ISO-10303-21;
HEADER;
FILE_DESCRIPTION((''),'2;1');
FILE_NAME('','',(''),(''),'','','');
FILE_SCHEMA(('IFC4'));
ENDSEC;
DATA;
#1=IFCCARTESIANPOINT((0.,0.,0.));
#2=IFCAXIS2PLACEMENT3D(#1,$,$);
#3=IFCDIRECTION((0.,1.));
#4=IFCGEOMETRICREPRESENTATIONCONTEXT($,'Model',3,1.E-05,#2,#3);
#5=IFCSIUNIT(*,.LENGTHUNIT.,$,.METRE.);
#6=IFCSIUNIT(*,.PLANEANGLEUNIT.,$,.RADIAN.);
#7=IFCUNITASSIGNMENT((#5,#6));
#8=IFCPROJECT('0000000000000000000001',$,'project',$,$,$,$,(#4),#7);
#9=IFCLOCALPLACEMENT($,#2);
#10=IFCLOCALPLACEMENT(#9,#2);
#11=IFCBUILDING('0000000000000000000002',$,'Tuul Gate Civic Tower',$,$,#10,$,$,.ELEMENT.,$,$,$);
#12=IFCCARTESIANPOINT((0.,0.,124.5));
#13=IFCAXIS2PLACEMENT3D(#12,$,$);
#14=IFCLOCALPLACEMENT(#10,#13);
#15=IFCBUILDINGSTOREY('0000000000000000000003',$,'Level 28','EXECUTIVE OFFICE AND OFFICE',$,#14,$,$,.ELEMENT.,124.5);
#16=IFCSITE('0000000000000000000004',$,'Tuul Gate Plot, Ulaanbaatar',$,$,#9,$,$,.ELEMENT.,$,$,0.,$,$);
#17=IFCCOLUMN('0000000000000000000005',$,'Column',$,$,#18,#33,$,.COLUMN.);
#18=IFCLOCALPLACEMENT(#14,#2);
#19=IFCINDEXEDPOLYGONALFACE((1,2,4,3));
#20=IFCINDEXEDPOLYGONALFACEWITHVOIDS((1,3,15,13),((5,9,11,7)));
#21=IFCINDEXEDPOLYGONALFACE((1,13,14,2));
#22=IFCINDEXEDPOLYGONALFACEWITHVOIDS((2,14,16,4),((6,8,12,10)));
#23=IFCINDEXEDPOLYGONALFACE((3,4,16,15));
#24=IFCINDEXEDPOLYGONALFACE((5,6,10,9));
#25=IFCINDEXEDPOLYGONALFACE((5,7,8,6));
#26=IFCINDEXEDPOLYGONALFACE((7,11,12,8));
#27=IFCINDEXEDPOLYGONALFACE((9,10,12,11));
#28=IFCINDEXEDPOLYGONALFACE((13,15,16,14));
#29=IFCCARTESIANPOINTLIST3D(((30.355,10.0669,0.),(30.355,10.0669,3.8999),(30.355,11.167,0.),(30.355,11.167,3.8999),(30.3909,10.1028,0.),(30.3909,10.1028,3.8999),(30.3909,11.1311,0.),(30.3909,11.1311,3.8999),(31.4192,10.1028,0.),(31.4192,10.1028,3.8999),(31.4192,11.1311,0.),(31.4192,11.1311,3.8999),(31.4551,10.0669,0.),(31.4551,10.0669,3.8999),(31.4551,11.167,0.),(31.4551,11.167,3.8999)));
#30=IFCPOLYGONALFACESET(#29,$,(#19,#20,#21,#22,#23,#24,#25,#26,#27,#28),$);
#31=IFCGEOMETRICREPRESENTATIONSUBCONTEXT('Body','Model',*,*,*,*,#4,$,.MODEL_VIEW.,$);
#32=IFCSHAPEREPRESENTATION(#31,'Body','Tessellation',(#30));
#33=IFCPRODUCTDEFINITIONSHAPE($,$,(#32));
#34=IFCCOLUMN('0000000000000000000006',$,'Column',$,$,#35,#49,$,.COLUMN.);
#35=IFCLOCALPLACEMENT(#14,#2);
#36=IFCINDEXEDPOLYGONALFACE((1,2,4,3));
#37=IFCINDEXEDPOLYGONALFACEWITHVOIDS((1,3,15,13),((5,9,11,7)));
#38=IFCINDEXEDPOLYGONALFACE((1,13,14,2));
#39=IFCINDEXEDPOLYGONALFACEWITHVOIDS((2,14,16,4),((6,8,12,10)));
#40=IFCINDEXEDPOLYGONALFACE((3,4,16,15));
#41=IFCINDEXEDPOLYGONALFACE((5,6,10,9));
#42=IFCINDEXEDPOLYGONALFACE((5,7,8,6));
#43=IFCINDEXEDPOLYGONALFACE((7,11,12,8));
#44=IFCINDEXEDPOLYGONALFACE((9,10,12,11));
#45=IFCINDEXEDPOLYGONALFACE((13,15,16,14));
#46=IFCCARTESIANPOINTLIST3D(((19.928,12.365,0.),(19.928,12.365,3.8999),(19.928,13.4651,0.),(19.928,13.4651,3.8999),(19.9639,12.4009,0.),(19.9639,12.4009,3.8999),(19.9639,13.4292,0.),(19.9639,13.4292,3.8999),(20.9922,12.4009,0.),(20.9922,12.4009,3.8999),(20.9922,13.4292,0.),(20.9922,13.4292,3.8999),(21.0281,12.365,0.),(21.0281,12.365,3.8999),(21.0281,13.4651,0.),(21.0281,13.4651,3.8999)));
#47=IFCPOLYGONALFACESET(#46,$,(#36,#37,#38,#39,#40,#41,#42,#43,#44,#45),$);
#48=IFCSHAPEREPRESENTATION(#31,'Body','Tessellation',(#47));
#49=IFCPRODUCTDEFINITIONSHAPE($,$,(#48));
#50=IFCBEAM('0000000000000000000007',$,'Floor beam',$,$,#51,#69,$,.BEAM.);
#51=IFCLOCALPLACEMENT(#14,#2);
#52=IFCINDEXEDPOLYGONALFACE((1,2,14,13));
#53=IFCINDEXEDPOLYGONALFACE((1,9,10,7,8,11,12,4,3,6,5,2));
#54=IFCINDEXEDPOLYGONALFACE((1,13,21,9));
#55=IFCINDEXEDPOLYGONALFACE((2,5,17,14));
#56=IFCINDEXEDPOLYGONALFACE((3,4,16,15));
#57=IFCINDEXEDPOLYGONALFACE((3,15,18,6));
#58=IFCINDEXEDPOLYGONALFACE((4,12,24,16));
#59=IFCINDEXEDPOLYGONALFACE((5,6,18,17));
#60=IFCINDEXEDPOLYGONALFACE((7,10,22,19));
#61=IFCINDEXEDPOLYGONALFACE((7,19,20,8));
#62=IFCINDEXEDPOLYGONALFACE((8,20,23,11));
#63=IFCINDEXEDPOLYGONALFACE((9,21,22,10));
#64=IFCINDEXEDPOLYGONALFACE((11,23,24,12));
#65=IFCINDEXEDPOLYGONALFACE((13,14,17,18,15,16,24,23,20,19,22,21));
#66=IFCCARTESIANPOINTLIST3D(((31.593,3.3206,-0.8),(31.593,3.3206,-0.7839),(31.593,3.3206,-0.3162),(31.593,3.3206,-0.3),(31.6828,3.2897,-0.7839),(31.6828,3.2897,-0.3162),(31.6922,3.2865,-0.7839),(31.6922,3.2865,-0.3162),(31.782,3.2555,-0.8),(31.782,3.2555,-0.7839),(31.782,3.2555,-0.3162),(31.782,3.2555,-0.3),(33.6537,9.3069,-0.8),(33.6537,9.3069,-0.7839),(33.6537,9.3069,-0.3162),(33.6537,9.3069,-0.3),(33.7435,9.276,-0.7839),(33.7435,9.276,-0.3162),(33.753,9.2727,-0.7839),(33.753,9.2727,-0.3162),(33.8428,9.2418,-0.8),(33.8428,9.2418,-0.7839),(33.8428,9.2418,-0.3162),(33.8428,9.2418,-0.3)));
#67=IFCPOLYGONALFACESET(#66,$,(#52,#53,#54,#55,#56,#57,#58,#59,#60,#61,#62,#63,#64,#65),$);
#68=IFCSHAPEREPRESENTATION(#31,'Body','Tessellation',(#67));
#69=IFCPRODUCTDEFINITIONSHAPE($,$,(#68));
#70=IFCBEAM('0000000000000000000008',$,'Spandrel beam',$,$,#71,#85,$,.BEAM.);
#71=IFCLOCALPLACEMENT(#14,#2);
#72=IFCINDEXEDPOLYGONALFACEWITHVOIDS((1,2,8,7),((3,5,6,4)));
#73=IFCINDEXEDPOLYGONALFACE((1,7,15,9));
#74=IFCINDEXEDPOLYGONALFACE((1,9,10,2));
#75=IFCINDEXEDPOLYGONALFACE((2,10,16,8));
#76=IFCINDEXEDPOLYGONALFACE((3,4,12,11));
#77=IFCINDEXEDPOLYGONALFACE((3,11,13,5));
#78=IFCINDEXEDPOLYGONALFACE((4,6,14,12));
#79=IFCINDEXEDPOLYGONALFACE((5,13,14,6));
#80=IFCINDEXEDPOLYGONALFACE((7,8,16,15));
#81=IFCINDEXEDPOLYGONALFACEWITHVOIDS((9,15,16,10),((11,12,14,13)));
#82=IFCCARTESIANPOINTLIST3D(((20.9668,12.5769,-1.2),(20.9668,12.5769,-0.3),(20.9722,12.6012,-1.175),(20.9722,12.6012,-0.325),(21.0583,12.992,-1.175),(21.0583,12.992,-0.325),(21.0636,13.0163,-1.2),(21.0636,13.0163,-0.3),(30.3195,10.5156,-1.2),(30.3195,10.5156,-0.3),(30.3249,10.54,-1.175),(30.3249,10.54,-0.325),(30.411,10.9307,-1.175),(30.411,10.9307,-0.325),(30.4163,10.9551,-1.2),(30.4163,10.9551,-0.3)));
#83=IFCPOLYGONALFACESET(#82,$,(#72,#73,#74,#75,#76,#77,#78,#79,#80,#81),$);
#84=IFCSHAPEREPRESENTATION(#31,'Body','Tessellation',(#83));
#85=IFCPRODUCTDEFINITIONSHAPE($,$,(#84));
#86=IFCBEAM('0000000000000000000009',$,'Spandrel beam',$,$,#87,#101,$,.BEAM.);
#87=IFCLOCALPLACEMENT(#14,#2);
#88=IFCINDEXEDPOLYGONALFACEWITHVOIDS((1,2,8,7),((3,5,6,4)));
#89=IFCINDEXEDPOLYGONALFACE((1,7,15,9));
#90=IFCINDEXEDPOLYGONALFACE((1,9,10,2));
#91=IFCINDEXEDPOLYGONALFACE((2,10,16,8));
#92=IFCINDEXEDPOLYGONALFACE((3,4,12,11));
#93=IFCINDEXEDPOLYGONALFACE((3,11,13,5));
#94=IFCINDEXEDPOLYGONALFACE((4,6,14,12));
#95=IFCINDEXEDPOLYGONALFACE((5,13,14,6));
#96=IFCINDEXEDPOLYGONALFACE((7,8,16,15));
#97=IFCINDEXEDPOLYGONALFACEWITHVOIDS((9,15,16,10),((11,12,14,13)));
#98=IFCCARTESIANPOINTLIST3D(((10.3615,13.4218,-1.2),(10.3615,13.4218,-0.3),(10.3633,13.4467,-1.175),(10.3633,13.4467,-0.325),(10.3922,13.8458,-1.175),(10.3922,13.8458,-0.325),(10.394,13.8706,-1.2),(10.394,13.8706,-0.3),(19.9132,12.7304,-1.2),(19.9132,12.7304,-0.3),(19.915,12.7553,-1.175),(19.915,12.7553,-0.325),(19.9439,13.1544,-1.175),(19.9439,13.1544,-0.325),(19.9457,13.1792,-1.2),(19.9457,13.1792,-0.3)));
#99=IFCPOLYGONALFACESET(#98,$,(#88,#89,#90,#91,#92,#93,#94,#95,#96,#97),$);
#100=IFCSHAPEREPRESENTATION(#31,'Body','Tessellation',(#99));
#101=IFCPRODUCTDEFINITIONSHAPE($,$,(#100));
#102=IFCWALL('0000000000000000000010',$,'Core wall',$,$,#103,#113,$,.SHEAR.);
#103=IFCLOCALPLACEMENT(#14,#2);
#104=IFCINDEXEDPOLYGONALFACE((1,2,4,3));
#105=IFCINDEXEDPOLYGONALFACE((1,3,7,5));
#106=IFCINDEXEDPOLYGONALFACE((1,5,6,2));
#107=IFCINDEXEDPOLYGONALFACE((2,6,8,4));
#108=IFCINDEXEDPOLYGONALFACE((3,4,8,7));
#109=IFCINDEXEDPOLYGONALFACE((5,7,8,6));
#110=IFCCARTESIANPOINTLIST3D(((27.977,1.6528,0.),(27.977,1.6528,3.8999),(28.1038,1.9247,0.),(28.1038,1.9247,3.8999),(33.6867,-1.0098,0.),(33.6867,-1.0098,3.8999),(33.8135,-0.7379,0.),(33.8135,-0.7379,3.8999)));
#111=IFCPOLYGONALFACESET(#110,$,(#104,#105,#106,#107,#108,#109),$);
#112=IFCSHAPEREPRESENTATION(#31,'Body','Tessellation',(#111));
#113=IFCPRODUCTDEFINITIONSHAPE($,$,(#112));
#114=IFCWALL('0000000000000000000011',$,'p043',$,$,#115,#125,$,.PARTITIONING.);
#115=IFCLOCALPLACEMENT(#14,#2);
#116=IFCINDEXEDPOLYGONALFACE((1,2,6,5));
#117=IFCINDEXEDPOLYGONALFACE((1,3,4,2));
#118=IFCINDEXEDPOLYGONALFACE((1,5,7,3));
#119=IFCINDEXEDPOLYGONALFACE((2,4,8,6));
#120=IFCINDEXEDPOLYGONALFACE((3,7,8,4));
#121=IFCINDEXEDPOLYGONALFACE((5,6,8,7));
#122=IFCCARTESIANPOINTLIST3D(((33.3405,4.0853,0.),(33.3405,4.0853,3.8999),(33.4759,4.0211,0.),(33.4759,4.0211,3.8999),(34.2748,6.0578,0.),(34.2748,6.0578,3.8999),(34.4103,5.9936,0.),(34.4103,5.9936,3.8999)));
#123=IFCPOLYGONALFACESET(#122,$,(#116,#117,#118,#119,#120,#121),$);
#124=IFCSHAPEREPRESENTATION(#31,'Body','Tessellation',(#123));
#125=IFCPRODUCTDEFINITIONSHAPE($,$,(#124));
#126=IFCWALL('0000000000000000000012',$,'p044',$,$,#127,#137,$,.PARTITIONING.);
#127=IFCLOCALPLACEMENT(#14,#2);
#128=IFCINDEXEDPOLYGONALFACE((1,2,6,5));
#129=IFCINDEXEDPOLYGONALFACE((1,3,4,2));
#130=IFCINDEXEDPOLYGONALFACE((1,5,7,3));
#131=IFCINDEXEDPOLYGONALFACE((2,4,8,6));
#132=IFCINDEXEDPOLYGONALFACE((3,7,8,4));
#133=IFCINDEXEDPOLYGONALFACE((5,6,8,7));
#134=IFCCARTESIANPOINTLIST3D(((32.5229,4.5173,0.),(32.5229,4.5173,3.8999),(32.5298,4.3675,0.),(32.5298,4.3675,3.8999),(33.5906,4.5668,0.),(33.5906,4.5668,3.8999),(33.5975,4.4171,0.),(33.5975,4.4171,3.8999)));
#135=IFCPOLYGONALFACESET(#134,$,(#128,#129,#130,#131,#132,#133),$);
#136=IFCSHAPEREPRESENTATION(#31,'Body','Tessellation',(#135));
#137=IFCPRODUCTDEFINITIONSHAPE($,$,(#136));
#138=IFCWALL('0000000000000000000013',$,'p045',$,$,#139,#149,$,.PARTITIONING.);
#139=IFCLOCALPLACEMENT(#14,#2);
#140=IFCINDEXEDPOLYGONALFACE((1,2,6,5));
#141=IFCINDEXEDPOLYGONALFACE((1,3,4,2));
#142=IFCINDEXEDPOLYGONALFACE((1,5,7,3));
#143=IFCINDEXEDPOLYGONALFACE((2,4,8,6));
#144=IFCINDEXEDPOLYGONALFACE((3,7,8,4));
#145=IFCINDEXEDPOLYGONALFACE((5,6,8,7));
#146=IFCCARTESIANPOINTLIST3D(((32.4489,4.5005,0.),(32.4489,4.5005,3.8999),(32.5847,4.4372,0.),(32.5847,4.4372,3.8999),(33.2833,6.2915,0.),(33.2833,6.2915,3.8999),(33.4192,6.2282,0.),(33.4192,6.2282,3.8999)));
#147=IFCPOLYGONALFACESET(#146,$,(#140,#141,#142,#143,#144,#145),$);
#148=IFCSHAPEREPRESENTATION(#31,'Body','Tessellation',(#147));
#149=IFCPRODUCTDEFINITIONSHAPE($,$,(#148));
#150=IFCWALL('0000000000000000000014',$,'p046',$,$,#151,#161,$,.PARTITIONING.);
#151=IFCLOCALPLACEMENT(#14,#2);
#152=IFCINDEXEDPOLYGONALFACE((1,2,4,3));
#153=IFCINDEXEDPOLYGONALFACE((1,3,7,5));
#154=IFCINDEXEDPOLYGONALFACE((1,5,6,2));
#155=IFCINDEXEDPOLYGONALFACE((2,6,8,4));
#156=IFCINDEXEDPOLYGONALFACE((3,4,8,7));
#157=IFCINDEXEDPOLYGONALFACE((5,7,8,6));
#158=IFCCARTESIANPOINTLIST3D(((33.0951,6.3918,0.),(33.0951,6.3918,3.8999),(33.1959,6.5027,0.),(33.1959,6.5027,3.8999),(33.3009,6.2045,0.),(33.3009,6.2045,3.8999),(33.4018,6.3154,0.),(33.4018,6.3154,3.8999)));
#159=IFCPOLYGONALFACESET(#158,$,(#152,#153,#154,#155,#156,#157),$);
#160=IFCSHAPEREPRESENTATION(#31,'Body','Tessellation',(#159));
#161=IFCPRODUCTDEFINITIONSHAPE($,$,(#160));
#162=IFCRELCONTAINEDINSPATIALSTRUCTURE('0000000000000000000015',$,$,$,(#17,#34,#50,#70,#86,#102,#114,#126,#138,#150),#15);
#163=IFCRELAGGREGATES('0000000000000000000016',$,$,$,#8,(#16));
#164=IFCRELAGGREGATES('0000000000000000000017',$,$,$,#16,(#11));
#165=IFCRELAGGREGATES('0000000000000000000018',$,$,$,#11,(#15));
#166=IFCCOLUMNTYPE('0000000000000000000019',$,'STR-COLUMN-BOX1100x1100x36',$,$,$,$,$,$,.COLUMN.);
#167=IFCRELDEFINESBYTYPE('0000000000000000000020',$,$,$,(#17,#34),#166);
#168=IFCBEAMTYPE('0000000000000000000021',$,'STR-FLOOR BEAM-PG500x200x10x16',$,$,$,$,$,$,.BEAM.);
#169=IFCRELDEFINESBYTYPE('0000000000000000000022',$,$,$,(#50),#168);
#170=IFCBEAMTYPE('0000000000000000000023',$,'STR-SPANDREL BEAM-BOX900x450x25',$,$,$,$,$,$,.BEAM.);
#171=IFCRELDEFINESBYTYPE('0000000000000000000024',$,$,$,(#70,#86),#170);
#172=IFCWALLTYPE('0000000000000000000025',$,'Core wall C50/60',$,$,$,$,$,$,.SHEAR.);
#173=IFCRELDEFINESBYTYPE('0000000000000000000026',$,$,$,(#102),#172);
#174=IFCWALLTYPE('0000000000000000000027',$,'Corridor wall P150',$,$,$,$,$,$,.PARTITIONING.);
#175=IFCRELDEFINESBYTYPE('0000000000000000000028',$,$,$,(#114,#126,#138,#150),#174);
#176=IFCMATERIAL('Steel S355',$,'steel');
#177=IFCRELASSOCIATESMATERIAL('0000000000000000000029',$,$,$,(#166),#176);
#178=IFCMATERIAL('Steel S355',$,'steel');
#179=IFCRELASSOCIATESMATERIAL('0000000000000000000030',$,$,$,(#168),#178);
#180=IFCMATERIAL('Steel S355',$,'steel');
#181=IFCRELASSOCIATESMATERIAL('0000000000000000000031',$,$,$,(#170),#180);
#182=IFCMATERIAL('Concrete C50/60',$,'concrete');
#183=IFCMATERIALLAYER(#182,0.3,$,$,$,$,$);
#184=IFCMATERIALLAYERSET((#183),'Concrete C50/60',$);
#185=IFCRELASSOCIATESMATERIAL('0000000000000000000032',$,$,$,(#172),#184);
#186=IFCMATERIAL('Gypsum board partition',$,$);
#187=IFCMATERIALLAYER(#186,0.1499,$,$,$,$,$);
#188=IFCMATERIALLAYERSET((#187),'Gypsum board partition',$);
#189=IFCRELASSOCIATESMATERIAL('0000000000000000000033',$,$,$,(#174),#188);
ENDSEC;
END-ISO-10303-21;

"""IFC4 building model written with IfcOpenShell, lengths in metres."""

from ifc_helpers import new_model, si_unit, direction, frame, frame_2d, origin, origin_2d, place, context, subcontext, project, spatial, rectangle, hollow_rectangle, i_section, extrude, material, layer, layer_set, material_profile, profile_set, type_object, element, save


model = new_model("IFC4")

# Units and contexts
model_context = context("Model", 3, precision=1e-05, world=origin(), true_north=direction((0.0, 1.0)))
body_context = subcontext(model_context, "Body", "Model", "MODEL_VIEW")
ifc_project = project(units=[si_unit("LENGTHUNIT", "METRE"), si_unit("PLANEANGLEUNIT", "RADIAN")], contexts=[model_context])

# Site, building, storey
site_placement = place(None, origin())
site = spatial("IfcSite", under=ifc_project, at=site_placement, Name="Tuul Gate Plot, Ulaanbaatar", CompositionType="ELEMENT", RefElevation=0.0)
building_placement = place(site_placement, origin())
building = spatial("IfcBuilding", under=site, at=building_placement, Name="Tuul Gate Civic Tower", CompositionType="ELEMENT")
storey_placement = place(building_placement, frame((0.0, 0.0, 124.5)))
storey = spatial("IfcBuildingStorey", under=building, at=storey_placement, Name="Level 28", Description="EXECUTIVE OFFICE AND OFFICE", CompositionType="ELEMENT", Elevation=124.5)

# Columns
ifc_material_1 = material(Name="Steel S355", Category="steel")
ifc_material_profile_1 = material_profile(ifc_material_1, hollow_rectangle(XDim=1.1001, YDim=1.1001, WallThickness=0.0359, at=origin_2d()), Name="BOX1100x1100x36")
ifc_profile_set_1 = profile_set([ifc_material_profile_1], Name="Steel S355")
column_type = type_object("IfcColumnType", Name="STR-COLUMN-BOX1100x1100x36", PredefinedType="COLUMN", material=ifc_profile_set_1)
for number, where, z_axis, x_axis, name in (
    (1, (30.905, 10.6169, 0.0), (0.0, 0.0, 1.0), (1.0, 0.0, 0.0), "Column"),
    (2, (20.478, 12.915, 0.0), (0.0, 0.0, 1.0), (1.0, 0.0, 0.0), "Column"),
):
    element("IfcColumn", number, at=place(storey_placement, frame(where, z_axis=z_axis, x_axis=x_axis)), inside=storey, type_object=column_type, Name=name, PredefinedType="COLUMN", context=body_context, shape_type="SweptSolid", body=[
        extrude(hollow_rectangle(XDim=1.1001, YDim=1.1001, WallThickness=0.0359, at=origin_2d()), origin(), (0.0, 0.0, 1.0), 3.8999),
    ])

# Beams
ifc_material_2 = material(Name="Steel S355", Category="steel")
ifc_material_profile_2 = material_profile(ifc_material_2, i_section(OverallWidth=0.2, OverallDepth=0.5, WebThickness=0.01, FlangeThickness=0.0161, at=origin_2d()), Name="PG500x200x10x16")
ifc_profile_set_2 = profile_set([ifc_material_profile_2], Name="Steel S355")
beam_type_1 = type_object("IfcBeamType", Name="STR-FLOOR BEAM-PG500x200x10x16", PredefinedType="BEAM", material=ifc_profile_set_2)
beam_1_placement = place(storey_placement, frame((31.6875, 3.2881, -0.55), z_axis=(0.325502, 0.945541, 0.0), x_axis=(-0.945541, 0.325502, 0.0)))
element("IfcBeam", 3, at=beam_1_placement, inside=storey, type_object=beam_type_1, Name="Floor beam", PredefinedType="BEAM", context=body_context, shape_type="SweptSolid", body=[
    extrude(i_section(OverallWidth=0.2, OverallDepth=0.5, WebThickness=0.01, FlangeThickness=0.0161, at=origin_2d()), origin(), (0.0, 0.0, 1.0), 6.3311),
])
ifc_material_3 = material(Name="Steel S355", Category="steel")
ifc_material_profile_3 = material_profile(ifc_material_3, hollow_rectangle(XDim=0.45, YDim=0.8999, WallThickness=0.0249, at=origin_2d()), Name="BOX900x450x25")
ifc_profile_set_3 = profile_set([ifc_material_profile_3], Name="Steel S355")
beam_type_2 = type_object("IfcBeamType", Name="STR-SPANDREL BEAM-BOX900x450x25", PredefinedType="BEAM", material=ifc_profile_set_3)
beam_2_placement = place(storey_placement, frame((30.3679, 10.7354, -0.75), z_axis=(-0.976564, 0.215227, 0.0), x_axis=(-0.215227, -0.976564, 0.0)))
element("IfcBeam", 4, at=beam_2_placement, inside=storey, type_object=beam_type_2, Name="Spandrel beam", PredefinedType="BEAM", context=body_context, shape_type="SweptSolid", body=[
    extrude(hollow_rectangle(XDim=0.45, YDim=0.8999, WallThickness=0.0249, at=origin_2d()), origin(), (0.0, 0.0, 1.0), 9.5771),
])
beam_3_placement = place(storey_placement, frame((19.9294, 12.9548, -0.75), z_axis=(-0.99739, 0.072196, 0.0), x_axis=(-0.072196, -0.99739, 0.0)))
element("IfcBeam", 5, at=beam_3_placement, inside=storey, type_object=beam_type_2, Name="Spandrel beam", PredefinedType="BEAM", context=body_context, shape_type="SweptSolid", body=[
    extrude(hollow_rectangle(XDim=0.45, YDim=0.8999, WallThickness=0.0249, at=origin_2d()), origin(), (0.0, 0.0, 1.0), 9.5767),
])

# Walls
ifc_material_4 = material(Name="Concrete C50/60", Category="concrete")
ifc_layer_1 = layer(ifc_material_4, 0.3)
ifc_layer_set_1 = layer_set([ifc_layer_1], Name="Concrete C50/60")
wall_type_1 = type_object("IfcWallType", Name="Core wall C50/60", PredefinedType="SHEAR", material=ifc_layer_set_1)
wall_1_placement = place(storey_placement, frame((33.75, -0.8738, 0.0), z_axis=(0.0, 0.0, 1.0), x_axis=(-0.906301, 0.422633, 0.0)))
element("IfcWall", 6, at=wall_1_placement, inside=storey, type_object=wall_type_1, Name="Core wall", PredefinedType="SHEAR", context=body_context, shape_type="SweptSolid", body=[
    extrude(rectangle(XDim=6.3, YDim=0.3, at=frame_2d((3.1499, 0.0))), origin(), (0.0, 0.0, 1.0), 3.8999),
])
ifc_material_5 = material(Name="Gypsum board partition")
ifc_layer_2 = layer(ifc_material_5, 0.1499)
ifc_layer_set_2 = layer_set([ifc_layer_2], Name="Gypsum board partition")
wall_type_2 = type_object("IfcWallType", Name="Corridor wall P150", PredefinedType="PARTITIONING", material=ifc_layer_set_2)
wall_2_placement = place(storey_placement, frame((33.4082, 4.0532, 0.0), z_axis=(0.0, 0.0, 1.0), x_axis=(0.428096, 0.903733, 0.0)))
element("IfcWall", 7, at=wall_2_placement, inside=storey, type_object=wall_type_2, Name="p043", PredefinedType="PARTITIONING", context=body_context, shape_type="SweptSolid", body=[
    extrude(rectangle(XDim=2.1826, YDim=0.1499, at=frame_2d((1.0913, 0.0))), origin(), (0.0, 0.0, 1.0), 3.8999),
])
wall_3_placement = place(storey_placement, frame((32.5264, 4.4424, 0.0), z_axis=(0.0, 0.0, 1.0), x_axis=(0.998924, 0.046371, 0.0)))
element("IfcWall", 8, at=wall_3_placement, inside=storey, type_object=wall_type_2, Name="p044", PredefinedType="PARTITIONING", context=body_context, shape_type="SweptSolid", body=[
    extrude(rectangle(XDim=1.0688, YDim=0.1499, at=frame_2d((0.5344, 0.0))), origin(), (0.0, 0.0, 1.0), 3.8999),
])
wall_4_placement = place(storey_placement, frame((32.5168, 4.469, 0.0), z_axis=(0.0, 0.0, 1.0), x_axis=(0.422331, 0.906442, 0.0)))
element("IfcWall", 9, at=wall_4_placement, inside=storey, type_object=wall_type_2, Name="p045", PredefinedType="PARTITIONING", context=body_context, shape_type="SweptSolid", body=[
    extrude(rectangle(XDim=1.9758, YDim=0.1499, at=frame_2d((0.9878, 0.0))), origin(), (0.0, 0.0, 1.0), 3.8999),
])
wall_5_placement = place(storey_placement, frame((33.1455, 6.4473, 0.0), z_axis=(0.0, 0.0, 1.0), x_axis=(0.739662, -0.672978, 0.0)))
element("IfcWall", 10, at=wall_5_placement, inside=storey, type_object=wall_type_2, Name="p046", PredefinedType="PARTITIONING", context=body_context, shape_type="SweptSolid", body=[
    extrude(rectangle(XDim=0.2783, YDim=0.1499, at=frame_2d((0.1392, 0.0))), origin(), (0.0, 0.0, 1.0), 3.8999),
])

save(model, "model.ifc")
